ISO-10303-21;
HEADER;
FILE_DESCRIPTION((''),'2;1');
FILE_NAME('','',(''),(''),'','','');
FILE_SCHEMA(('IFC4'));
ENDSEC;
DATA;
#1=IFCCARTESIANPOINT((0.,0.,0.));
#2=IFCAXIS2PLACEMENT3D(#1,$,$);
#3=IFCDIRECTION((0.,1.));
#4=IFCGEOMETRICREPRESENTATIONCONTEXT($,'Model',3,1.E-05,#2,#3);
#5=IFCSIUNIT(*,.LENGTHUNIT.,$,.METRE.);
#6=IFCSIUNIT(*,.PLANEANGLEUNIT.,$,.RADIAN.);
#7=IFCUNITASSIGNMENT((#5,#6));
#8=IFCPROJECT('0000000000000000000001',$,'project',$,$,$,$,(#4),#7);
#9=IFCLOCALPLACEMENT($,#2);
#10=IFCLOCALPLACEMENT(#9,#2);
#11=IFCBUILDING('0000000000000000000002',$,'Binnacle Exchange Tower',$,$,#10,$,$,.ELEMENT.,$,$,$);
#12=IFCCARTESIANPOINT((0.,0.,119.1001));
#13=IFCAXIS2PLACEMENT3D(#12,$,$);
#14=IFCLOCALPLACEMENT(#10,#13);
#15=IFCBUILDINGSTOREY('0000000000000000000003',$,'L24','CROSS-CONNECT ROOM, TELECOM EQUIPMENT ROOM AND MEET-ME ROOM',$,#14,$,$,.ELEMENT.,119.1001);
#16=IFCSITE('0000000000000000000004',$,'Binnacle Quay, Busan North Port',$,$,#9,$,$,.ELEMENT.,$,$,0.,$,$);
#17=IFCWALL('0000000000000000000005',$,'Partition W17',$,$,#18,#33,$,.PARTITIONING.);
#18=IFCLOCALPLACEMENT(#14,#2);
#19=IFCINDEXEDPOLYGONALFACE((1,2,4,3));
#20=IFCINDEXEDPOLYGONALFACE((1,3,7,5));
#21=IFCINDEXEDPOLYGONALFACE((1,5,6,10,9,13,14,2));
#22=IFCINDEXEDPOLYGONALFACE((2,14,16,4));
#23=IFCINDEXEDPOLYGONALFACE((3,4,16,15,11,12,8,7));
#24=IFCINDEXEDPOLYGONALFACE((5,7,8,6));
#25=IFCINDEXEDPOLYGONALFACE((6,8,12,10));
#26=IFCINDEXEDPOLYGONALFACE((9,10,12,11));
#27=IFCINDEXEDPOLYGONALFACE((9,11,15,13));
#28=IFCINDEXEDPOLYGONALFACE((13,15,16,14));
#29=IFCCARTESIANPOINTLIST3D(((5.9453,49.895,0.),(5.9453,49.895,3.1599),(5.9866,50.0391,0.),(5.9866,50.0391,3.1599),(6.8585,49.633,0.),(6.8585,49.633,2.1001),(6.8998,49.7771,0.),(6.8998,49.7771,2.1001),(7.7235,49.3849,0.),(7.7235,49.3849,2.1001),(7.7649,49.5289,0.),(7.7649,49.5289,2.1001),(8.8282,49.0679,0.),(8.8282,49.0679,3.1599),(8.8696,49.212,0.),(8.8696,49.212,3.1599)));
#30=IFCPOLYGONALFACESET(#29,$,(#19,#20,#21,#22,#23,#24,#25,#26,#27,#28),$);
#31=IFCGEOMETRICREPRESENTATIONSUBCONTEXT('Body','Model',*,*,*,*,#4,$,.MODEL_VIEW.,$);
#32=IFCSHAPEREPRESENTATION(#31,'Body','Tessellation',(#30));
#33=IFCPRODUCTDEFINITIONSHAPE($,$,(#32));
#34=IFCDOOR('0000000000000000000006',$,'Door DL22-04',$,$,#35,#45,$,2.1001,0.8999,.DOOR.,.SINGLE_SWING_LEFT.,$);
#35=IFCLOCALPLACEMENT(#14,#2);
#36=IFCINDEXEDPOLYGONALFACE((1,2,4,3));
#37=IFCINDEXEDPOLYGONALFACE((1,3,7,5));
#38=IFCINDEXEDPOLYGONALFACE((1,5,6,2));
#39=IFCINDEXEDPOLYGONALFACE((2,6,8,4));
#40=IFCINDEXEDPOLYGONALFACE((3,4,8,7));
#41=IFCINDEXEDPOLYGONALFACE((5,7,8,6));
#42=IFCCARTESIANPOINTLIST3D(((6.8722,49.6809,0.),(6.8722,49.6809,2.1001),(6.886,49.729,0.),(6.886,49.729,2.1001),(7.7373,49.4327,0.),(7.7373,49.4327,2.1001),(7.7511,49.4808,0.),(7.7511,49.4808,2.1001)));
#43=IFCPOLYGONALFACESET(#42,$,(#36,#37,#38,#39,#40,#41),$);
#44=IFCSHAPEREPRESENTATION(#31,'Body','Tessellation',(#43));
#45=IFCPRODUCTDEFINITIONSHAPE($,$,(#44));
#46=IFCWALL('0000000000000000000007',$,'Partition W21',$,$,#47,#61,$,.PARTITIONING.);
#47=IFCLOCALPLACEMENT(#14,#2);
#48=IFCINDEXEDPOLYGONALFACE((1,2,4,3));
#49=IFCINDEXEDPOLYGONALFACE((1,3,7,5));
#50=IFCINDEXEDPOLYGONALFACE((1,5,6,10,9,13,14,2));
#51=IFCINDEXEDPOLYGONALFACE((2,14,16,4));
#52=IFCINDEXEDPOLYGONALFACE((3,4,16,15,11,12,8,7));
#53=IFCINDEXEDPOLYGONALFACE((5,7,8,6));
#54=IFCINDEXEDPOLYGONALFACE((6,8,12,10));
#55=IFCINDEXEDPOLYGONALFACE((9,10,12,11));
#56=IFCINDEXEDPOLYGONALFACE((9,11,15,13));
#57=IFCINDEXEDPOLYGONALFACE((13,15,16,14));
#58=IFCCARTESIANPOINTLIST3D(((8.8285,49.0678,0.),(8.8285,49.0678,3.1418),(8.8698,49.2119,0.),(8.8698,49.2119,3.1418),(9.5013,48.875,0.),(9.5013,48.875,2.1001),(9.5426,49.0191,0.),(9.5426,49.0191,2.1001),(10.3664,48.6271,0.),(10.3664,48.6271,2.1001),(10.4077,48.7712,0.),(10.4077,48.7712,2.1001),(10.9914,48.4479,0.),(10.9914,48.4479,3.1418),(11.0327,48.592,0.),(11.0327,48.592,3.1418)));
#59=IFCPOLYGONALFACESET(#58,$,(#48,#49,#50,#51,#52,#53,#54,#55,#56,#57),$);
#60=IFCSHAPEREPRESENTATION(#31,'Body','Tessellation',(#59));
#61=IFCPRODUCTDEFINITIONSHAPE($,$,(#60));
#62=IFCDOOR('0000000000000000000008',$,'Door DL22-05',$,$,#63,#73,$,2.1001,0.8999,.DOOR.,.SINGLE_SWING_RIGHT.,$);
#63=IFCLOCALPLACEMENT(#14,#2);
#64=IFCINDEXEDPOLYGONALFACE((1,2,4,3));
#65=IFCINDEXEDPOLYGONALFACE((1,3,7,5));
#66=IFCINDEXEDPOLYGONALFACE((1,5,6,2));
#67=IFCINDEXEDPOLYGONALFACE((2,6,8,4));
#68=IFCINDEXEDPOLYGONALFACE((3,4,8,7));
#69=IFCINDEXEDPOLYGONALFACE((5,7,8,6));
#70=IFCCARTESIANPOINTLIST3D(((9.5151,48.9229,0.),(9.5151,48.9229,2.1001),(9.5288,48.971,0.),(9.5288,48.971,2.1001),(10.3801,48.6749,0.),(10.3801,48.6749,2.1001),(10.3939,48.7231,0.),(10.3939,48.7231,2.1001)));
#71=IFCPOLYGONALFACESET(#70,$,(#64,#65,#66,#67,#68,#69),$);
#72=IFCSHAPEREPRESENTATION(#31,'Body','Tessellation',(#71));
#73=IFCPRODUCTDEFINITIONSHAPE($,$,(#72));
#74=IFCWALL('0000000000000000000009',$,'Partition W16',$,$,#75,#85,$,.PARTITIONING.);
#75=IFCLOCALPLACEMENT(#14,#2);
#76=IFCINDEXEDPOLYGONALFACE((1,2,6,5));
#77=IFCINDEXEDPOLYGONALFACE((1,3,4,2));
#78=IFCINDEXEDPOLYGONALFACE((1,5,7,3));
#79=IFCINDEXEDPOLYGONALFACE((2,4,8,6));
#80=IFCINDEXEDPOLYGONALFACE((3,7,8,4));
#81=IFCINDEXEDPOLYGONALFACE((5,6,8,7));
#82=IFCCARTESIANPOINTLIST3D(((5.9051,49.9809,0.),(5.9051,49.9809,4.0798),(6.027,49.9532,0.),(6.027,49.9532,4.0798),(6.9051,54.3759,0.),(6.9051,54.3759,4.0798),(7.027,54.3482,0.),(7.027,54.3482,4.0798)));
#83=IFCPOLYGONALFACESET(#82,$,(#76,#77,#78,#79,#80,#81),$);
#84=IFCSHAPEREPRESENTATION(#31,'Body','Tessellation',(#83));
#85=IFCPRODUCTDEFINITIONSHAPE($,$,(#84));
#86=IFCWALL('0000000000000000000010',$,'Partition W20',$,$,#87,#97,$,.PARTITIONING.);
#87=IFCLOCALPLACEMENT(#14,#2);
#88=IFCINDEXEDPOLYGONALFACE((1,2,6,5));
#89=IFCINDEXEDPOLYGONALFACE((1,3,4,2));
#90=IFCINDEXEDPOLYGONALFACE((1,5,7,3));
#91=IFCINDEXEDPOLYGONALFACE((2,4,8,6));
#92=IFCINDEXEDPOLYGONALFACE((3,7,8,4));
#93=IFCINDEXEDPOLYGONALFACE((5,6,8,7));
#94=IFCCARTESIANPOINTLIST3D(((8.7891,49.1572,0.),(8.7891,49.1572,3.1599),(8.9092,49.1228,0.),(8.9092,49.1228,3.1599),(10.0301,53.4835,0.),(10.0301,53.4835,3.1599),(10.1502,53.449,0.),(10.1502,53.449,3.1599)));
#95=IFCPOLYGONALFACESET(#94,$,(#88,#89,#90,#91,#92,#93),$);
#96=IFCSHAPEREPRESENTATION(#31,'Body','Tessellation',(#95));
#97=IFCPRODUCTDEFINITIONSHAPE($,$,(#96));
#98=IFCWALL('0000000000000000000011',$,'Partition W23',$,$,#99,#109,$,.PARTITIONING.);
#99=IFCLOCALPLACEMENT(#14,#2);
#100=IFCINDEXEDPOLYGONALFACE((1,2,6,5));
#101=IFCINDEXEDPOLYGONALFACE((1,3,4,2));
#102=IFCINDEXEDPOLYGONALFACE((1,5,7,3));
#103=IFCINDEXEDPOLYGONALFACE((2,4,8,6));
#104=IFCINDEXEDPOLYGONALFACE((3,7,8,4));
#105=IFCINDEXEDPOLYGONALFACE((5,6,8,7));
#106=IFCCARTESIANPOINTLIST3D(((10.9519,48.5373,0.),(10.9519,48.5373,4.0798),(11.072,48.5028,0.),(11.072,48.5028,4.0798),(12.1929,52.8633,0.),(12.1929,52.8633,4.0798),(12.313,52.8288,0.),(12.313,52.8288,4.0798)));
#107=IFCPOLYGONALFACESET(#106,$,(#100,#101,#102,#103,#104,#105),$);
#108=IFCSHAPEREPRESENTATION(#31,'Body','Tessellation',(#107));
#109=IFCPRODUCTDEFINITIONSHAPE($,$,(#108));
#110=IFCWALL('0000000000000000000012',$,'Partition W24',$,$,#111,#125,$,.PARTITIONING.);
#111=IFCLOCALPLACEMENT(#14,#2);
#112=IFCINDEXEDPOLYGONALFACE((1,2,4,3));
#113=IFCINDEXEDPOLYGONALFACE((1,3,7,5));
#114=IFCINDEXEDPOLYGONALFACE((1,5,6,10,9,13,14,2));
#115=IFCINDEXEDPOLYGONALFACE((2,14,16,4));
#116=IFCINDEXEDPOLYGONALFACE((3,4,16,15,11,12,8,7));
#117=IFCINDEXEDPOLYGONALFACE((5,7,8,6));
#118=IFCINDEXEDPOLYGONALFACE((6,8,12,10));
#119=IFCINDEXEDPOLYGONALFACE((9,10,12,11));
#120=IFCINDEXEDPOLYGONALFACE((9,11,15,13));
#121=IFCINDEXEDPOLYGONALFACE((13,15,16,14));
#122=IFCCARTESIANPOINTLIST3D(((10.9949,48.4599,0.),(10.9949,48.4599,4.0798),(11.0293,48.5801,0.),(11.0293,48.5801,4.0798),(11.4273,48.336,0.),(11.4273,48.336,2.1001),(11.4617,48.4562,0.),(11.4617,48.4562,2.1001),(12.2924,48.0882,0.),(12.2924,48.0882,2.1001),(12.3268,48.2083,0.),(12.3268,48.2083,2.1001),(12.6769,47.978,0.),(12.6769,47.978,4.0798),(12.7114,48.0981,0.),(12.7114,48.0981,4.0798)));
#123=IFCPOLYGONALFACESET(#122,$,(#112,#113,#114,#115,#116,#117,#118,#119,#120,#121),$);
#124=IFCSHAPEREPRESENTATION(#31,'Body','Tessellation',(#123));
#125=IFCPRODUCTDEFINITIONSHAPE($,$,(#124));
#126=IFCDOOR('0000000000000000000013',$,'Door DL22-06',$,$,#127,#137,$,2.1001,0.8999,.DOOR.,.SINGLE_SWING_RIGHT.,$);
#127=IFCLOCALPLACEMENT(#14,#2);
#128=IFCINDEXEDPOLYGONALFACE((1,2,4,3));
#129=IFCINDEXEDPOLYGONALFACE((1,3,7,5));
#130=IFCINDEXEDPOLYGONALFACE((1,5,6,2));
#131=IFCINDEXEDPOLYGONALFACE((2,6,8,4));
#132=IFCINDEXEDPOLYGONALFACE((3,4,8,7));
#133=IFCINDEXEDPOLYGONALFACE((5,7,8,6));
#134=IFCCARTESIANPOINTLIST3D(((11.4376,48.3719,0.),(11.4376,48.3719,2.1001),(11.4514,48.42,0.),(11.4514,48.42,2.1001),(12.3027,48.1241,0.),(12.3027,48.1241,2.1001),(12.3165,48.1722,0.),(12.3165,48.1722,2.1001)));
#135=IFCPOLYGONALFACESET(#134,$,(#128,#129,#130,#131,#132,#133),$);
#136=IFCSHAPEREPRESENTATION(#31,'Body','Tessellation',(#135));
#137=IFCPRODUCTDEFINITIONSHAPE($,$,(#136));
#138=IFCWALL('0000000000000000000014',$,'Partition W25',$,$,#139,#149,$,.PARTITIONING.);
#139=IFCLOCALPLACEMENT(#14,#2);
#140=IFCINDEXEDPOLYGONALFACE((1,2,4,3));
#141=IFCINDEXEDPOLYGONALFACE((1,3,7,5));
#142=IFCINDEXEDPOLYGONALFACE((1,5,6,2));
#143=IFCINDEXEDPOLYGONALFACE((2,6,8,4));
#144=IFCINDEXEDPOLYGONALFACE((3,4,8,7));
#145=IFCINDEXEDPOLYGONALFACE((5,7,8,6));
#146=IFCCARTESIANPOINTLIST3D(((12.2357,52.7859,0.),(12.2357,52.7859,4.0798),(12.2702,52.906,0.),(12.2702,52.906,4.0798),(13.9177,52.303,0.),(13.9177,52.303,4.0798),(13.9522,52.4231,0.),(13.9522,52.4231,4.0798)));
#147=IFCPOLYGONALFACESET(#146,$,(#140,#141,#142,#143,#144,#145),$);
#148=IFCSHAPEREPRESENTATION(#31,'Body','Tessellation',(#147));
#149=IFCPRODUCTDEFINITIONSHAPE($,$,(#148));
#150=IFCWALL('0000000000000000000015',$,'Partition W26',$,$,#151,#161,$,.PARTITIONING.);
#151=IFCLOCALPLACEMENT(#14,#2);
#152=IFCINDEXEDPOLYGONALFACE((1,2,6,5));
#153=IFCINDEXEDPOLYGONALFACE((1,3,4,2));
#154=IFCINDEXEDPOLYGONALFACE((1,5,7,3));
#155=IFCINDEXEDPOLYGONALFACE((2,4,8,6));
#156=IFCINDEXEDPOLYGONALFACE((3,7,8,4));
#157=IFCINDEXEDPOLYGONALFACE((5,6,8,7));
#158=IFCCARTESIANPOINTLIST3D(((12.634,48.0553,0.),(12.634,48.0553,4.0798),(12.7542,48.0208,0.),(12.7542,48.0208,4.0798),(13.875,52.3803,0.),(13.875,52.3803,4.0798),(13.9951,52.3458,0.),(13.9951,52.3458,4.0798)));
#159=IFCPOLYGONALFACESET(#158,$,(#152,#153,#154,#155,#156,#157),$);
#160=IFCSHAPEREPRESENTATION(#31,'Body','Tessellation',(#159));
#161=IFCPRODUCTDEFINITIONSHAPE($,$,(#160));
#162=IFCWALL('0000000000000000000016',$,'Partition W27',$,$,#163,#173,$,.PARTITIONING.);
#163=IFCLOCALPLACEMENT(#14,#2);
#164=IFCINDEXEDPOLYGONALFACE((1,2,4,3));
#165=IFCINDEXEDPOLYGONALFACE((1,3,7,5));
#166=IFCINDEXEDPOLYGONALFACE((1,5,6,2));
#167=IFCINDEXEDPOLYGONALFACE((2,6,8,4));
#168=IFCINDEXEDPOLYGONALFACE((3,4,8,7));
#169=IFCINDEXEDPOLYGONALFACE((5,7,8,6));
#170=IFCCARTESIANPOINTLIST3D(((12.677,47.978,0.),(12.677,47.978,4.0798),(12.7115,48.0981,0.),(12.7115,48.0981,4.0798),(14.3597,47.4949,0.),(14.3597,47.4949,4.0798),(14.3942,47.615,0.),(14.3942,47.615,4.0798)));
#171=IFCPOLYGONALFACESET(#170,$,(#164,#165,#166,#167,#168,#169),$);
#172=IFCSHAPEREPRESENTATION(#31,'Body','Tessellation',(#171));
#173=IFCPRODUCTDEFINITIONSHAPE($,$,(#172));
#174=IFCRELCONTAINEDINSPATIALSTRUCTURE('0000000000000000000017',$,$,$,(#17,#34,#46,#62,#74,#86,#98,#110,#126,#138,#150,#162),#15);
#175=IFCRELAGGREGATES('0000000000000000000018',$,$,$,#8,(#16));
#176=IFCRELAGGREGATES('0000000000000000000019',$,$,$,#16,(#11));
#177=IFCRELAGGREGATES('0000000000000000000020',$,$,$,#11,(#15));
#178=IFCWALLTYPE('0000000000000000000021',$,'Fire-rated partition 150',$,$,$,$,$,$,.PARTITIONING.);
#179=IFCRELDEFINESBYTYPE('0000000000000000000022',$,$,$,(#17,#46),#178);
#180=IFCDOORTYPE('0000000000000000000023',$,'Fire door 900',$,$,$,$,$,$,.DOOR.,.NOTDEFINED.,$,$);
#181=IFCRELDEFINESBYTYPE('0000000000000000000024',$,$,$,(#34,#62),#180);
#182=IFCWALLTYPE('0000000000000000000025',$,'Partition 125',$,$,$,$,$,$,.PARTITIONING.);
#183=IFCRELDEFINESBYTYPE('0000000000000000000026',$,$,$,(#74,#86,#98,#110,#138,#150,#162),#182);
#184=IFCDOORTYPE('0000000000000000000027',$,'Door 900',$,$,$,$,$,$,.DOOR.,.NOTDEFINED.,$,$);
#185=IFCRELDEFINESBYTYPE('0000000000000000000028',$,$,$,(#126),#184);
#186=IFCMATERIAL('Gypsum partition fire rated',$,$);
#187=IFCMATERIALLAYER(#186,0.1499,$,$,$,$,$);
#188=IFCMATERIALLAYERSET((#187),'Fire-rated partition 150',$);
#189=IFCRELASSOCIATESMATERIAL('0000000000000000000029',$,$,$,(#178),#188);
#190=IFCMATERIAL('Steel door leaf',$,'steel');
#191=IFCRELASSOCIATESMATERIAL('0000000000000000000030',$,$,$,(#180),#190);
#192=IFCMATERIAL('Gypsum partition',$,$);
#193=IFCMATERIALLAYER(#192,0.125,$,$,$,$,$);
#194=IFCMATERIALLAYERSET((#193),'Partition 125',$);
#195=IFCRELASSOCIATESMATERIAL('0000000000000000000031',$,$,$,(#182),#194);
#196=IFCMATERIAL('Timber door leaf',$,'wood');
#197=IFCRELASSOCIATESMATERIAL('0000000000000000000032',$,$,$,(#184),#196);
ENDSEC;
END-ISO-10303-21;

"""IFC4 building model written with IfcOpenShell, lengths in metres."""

from ifc_helpers import new_model, si_unit, direction, frame, frame_2d, origin, place, context, subcontext, project, spatial, rectangle, extrude, material, layer, layer_set, type_object, element, fill, save


model = new_model("IFC4")

# Units and contexts
model_context = context("Model", 3, precision=1e-05, world=origin(), true_north=direction((0.0, 1.0)))
body_context = subcontext(model_context, "Body", "Model", "MODEL_VIEW")
ifc_project = project(units=[si_unit("LENGTHUNIT", "METRE"), si_unit("PLANEANGLEUNIT", "RADIAN")], contexts=[model_context])

# Site, building, storey
site_placement = place(None, origin())
site = spatial("IfcSite", under=ifc_project, at=site_placement, Name="Binnacle Quay, Busan North Port", CompositionType="ELEMENT", RefElevation=0.0)
building_placement = place(site_placement, origin())
building = spatial("IfcBuilding", under=site, at=building_placement, Name="Binnacle Exchange Tower", CompositionType="ELEMENT")
storey_placement = place(building_placement, frame((0.0, 0.0, 119.1001)))
storey = spatial("IfcBuildingStorey", under=building, at=storey_placement, Name="L24", Description="CROSS-CONNECT ROOM, TELECOM EQUIPMENT ROOM AND MEET-ME ROOM", CompositionType="ELEMENT", Elevation=119.1001)

# Shared definitions
ifc_material_1 = material(Name="Gypsum partition fire rated")
ifc_layer_1 = layer(ifc_material_1, 0.1499)
ifc_layer_set_1 = layer_set([ifc_layer_1], Name="Fire-rated partition 150")
wall_type_1 = type_object("IfcWallType", Name="Fire-rated partition 150", PredefinedType="PARTITIONING", material=ifc_layer_set_1)

# Walls, openings, doors
ifc_material_2 = material(Name="Steel door leaf", Category="steel")
door_type_1 = type_object("IfcDoorType", Name="Fire door 900", OperationType="NOTDEFINED", PredefinedType="DOOR", material=ifc_material_2)
wall_1_placement = place(storey_placement, frame((5.9661, 49.967, 0.0), z_axis=(0.0, 0.0, 1.0), x_axis=(0.961222, -0.275775, 0.0)))
wall_1 = element("IfcWall", 1, at=wall_1_placement, inside=storey, type_object=wall_type_1, Name="Partition W17", PredefinedType="PARTITIONING", context=body_context, shape_type="SweptSolid", body=[
    extrude(rectangle(XDim=2.9993, YDim=0.1499, at=frame_2d((1.4995, 0.0))), origin(), (0.0, 0.0, 1.0), 3.1599),
])
opening_1_placement = place(wall_1_placement, frame((0.95, 0.0, 0.0)))
opening_1 = element("IfcOpeningElement", 2, at=opening_1_placement, cuts=wall_1, PredefinedType="OPENING", context=body_context, shape_type="SweptSolid", body=[
    extrude(rectangle(XDim=0.8999, YDim=2.1001, at=frame_2d((0.45, 1.05))), frame((0.0, 0.085, 0.0), z_axis=(0.0, -1.0, 0.0), x_axis=(1.0, 0.0, 0.0)), (0.0, 0.0, 1.0), 0.1699),
])
door_1_placement = place(opening_1_placement, origin())
door_1 = element("IfcDoor", 3, at=door_1_placement, inside=storey, type_object=door_type_1, Name="Door DL22-04", OperationType="SINGLE_SWING_LEFT", OverallHeight=2.1001, OverallWidth=0.8999, PredefinedType="DOOR", context=body_context, shape_type="SweptSolid", body=[
    extrude(rectangle(XDim=0.8999, YDim=2.1001, at=frame_2d((0.45, 1.05))), frame((0.0, 0.0249, 0.0), z_axis=(0.0, -1.0, 0.0), x_axis=(1.0, 0.0, 0.0)), (0.0, 0.0, 1.0), 0.05),
])
fill(opening_1, door_1)
wall_2_placement = place(storey_placement, frame((8.8491, 49.1399, 0.0), z_axis=(0.0, 0.0, 1.0), x_axis=(0.961298, -0.275509, 0.0)))
wall_2 = element("IfcWall", 4, at=wall_2_placement, inside=storey, type_object=wall_type_1, Name="Partition W21", PredefinedType="PARTITIONING", context=body_context, shape_type="SweptSolid", body=[
    extrude(rectangle(XDim=2.25, YDim=0.1499, at=frame_2d((1.125, 0.0))), origin(), (0.0, 0.0, 1.0), 3.1418),
])
opening_2_placement = place(wall_2_placement, frame((0.7, 0.0, 0.0)))
opening_2 = element("IfcOpeningElement", 5, at=opening_2_placement, cuts=wall_2, PredefinedType="OPENING", context=body_context, shape_type="SweptSolid", body=[
    extrude(rectangle(XDim=0.8999, YDim=2.1001, at=frame_2d((0.45, 1.05))), frame((0.0, 0.085, 0.0), z_axis=(0.0, -1.0, 0.0), x_axis=(1.0, 0.0, 0.0)), (0.0, 0.0, 1.0), 0.1699),
])
door_2_placement = place(opening_2_placement, origin())
door_2 = element("IfcDoor", 6, at=door_2_placement, inside=storey, type_object=door_type_1, Name="Door DL22-05", OperationType="SINGLE_SWING_RIGHT", OverallHeight=2.1001, OverallWidth=0.8999, PredefinedType="DOOR", context=body_context, shape_type="SweptSolid", body=[
    extrude(rectangle(XDim=0.8999, YDim=2.1001, at=frame_2d((0.45, 1.05))), frame((0.0, 0.0249, 0.0), z_axis=(0.0, -1.0, 0.0), x_axis=(1.0, 0.0, 0.0)), (0.0, 0.0, 1.0), 0.05),
])
fill(opening_2, door_2)

# Walls
ifc_material_3 = material(Name="Gypsum partition")
ifc_layer_2 = layer(ifc_material_3, 0.125)
ifc_layer_set_2 = layer_set([ifc_layer_2], Name="Partition 125")
wall_type_2 = type_object("IfcWallType", Name="Partition 125", PredefinedType="PARTITIONING", material=ifc_layer_set_2)
wall_3_placement = place(storey_placement, frame((5.9661, 49.967, 0.0), z_axis=(0.0, 0.0, 1.0), x_axis=(0.22186, 0.975079, 0.0)))
element("IfcWall", 7, at=wall_3_placement, inside=storey, type_object=wall_type_2, Name="Partition W16", PredefinedType="PARTITIONING", context=body_context, shape_type="SweptSolid", body=[
    extrude(rectangle(XDim=4.5073, YDim=0.125, at=frame_2d((2.2537, 0.0))), origin(), (0.0, 0.0, 1.0), 4.0798),
])
wall_4_placement = place(storey_placement, frame((8.8491, 49.1399, 0.0), z_axis=(0.0, 0.0, 1.0), x_axis=(0.275731, 0.961235, 0.0)))
element("IfcWall", 8, at=wall_4_placement, inside=storey, type_object=wall_type_2, Name="Partition W20", PredefinedType="PARTITIONING", context=body_context, shape_type="SweptSolid", body=[
    extrude(rectangle(XDim=4.5007, YDim=0.125, at=frame_2d((2.2505, 0.0))), origin(), (0.0, 0.0, 1.0), 3.1599),
])
wall_5_placement = place(storey_placement, frame((11.012, 48.52, 0.0), z_axis=(0.0, 0.0, 1.0), x_axis=(0.275746, 0.961231, 0.0)))
element("IfcWall", 9, at=wall_5_placement, inside=storey, type_object=wall_type_2, Name="Partition W23", PredefinedType="PARTITIONING", context=body_context, shape_type="SweptSolid", body=[
    extrude(rectangle(XDim=4.5005, YDim=0.125, at=frame_2d((2.2502, 0.0))), origin(), (0.0, 0.0, 1.0), 4.0798),
])

# Wall, opening, door
wall_6_placement = place(storey_placement, frame((11.012, 48.52, 0.0), z_axis=(0.0, 0.0, 1.0), x_axis=(0.961324, -0.275421, 0.0)))
wall_6 = element("IfcWall", 10, at=wall_6_placement, inside=storey, type_object=wall_type_2, Name="Partition W24", PredefinedType="PARTITIONING", context=body_context, shape_type="SweptSolid", body=[
    extrude(rectangle(XDim=1.7498, YDim=0.125, at=frame_2d((0.875, 0.0))), origin(), (0.0, 0.0, 1.0), 4.0798),
])
opening_3_placement = place(wall_6_placement, frame((0.45, 0.0, 0.0)))
opening_3 = element("IfcOpeningElement", 11, at=opening_3_placement, cuts=wall_6, PredefinedType="OPENING", context=body_context, shape_type="SweptSolid", body=[
    extrude(rectangle(XDim=0.8999, YDim=2.1001, at=frame_2d((0.45, 1.05))), frame((0.0, 0.0725, 0.0), z_axis=(0.0, -1.0, 0.0), x_axis=(1.0, 0.0, 0.0)), (0.0, 0.0, 1.0), 0.145),
])
ifc_material_4 = material(Name="Timber door leaf", Category="wood")
door_type_2 = type_object("IfcDoorType", Name="Door 900", OperationType="NOTDEFINED", PredefinedType="DOOR", material=ifc_material_4)
door_3_placement = place(opening_3_placement, origin())
door_3 = element("IfcDoor", 12, at=door_3_placement, inside=storey, type_object=door_type_2, Name="Door DL22-06", OperationType="SINGLE_SWING_RIGHT", OverallHeight=2.1001, OverallWidth=0.8999, PredefinedType="DOOR", context=body_context, shape_type="SweptSolid", body=[
    extrude(rectangle(XDim=0.8999, YDim=2.1001, at=frame_2d((0.45, 1.05))), frame((0.0, 0.0249, 0.0), z_axis=(0.0, -1.0, 0.0), x_axis=(1.0, 0.0, 0.0)), (0.0, 0.0, 1.0), 0.05),
])
fill(opening_3, door_3)

# Walls
wall_7_placement = place(storey_placement, frame((12.2529, 52.8459, 0.0), z_axis=(0.0, 0.0, 1.0), x_axis=(0.961176, -0.275937, 0.0)))
element("IfcWall", 13, at=wall_7_placement, inside=storey, type_object=wall_type_2, Name="Partition W25", PredefinedType="PARTITIONING", context=body_context, shape_type="SweptSolid", body=[
    extrude(rectangle(XDim=1.75, YDim=0.125, at=frame_2d((0.875, 0.0))), origin(), (0.0, 0.0, 1.0), 4.0798),
])
wall_8_placement = place(storey_placement, frame((12.6941, 48.0381, 0.0), z_axis=(0.0, 0.0, 1.0), x_axis=(0.275803, 0.961214, 0.0)))
element("IfcWall", 14, at=wall_8_placement, inside=storey, type_object=wall_type_2, Name="Partition W26", PredefinedType="PARTITIONING", context=body_context, shape_type="SweptSolid", body=[
    extrude(rectangle(XDim=4.4995, YDim=0.125, at=frame_2d((2.2498, 0.0))), origin(), (0.0, 0.0, 1.0), 4.0798),
])
wall_9_placement = place(storey_placement, frame((12.6941, 48.0381, 0.0), z_axis=(0.0, 0.0, 1.0), x_axis=(0.961171, -0.275955, 0.0)))
element("IfcWall", 15, at=wall_9_placement, inside=storey, type_object=wall_type_2, Name="Partition W27", PredefinedType="PARTITIONING", context=body_context, shape_type="SweptSolid", body=[
    extrude(rectangle(XDim=1.7507, YDim=0.125, at=frame_2d((0.8755, 0.0))), origin(), (0.0, 0.0, 1.0), 4.0798),
])

save(model, "model.ifc")
